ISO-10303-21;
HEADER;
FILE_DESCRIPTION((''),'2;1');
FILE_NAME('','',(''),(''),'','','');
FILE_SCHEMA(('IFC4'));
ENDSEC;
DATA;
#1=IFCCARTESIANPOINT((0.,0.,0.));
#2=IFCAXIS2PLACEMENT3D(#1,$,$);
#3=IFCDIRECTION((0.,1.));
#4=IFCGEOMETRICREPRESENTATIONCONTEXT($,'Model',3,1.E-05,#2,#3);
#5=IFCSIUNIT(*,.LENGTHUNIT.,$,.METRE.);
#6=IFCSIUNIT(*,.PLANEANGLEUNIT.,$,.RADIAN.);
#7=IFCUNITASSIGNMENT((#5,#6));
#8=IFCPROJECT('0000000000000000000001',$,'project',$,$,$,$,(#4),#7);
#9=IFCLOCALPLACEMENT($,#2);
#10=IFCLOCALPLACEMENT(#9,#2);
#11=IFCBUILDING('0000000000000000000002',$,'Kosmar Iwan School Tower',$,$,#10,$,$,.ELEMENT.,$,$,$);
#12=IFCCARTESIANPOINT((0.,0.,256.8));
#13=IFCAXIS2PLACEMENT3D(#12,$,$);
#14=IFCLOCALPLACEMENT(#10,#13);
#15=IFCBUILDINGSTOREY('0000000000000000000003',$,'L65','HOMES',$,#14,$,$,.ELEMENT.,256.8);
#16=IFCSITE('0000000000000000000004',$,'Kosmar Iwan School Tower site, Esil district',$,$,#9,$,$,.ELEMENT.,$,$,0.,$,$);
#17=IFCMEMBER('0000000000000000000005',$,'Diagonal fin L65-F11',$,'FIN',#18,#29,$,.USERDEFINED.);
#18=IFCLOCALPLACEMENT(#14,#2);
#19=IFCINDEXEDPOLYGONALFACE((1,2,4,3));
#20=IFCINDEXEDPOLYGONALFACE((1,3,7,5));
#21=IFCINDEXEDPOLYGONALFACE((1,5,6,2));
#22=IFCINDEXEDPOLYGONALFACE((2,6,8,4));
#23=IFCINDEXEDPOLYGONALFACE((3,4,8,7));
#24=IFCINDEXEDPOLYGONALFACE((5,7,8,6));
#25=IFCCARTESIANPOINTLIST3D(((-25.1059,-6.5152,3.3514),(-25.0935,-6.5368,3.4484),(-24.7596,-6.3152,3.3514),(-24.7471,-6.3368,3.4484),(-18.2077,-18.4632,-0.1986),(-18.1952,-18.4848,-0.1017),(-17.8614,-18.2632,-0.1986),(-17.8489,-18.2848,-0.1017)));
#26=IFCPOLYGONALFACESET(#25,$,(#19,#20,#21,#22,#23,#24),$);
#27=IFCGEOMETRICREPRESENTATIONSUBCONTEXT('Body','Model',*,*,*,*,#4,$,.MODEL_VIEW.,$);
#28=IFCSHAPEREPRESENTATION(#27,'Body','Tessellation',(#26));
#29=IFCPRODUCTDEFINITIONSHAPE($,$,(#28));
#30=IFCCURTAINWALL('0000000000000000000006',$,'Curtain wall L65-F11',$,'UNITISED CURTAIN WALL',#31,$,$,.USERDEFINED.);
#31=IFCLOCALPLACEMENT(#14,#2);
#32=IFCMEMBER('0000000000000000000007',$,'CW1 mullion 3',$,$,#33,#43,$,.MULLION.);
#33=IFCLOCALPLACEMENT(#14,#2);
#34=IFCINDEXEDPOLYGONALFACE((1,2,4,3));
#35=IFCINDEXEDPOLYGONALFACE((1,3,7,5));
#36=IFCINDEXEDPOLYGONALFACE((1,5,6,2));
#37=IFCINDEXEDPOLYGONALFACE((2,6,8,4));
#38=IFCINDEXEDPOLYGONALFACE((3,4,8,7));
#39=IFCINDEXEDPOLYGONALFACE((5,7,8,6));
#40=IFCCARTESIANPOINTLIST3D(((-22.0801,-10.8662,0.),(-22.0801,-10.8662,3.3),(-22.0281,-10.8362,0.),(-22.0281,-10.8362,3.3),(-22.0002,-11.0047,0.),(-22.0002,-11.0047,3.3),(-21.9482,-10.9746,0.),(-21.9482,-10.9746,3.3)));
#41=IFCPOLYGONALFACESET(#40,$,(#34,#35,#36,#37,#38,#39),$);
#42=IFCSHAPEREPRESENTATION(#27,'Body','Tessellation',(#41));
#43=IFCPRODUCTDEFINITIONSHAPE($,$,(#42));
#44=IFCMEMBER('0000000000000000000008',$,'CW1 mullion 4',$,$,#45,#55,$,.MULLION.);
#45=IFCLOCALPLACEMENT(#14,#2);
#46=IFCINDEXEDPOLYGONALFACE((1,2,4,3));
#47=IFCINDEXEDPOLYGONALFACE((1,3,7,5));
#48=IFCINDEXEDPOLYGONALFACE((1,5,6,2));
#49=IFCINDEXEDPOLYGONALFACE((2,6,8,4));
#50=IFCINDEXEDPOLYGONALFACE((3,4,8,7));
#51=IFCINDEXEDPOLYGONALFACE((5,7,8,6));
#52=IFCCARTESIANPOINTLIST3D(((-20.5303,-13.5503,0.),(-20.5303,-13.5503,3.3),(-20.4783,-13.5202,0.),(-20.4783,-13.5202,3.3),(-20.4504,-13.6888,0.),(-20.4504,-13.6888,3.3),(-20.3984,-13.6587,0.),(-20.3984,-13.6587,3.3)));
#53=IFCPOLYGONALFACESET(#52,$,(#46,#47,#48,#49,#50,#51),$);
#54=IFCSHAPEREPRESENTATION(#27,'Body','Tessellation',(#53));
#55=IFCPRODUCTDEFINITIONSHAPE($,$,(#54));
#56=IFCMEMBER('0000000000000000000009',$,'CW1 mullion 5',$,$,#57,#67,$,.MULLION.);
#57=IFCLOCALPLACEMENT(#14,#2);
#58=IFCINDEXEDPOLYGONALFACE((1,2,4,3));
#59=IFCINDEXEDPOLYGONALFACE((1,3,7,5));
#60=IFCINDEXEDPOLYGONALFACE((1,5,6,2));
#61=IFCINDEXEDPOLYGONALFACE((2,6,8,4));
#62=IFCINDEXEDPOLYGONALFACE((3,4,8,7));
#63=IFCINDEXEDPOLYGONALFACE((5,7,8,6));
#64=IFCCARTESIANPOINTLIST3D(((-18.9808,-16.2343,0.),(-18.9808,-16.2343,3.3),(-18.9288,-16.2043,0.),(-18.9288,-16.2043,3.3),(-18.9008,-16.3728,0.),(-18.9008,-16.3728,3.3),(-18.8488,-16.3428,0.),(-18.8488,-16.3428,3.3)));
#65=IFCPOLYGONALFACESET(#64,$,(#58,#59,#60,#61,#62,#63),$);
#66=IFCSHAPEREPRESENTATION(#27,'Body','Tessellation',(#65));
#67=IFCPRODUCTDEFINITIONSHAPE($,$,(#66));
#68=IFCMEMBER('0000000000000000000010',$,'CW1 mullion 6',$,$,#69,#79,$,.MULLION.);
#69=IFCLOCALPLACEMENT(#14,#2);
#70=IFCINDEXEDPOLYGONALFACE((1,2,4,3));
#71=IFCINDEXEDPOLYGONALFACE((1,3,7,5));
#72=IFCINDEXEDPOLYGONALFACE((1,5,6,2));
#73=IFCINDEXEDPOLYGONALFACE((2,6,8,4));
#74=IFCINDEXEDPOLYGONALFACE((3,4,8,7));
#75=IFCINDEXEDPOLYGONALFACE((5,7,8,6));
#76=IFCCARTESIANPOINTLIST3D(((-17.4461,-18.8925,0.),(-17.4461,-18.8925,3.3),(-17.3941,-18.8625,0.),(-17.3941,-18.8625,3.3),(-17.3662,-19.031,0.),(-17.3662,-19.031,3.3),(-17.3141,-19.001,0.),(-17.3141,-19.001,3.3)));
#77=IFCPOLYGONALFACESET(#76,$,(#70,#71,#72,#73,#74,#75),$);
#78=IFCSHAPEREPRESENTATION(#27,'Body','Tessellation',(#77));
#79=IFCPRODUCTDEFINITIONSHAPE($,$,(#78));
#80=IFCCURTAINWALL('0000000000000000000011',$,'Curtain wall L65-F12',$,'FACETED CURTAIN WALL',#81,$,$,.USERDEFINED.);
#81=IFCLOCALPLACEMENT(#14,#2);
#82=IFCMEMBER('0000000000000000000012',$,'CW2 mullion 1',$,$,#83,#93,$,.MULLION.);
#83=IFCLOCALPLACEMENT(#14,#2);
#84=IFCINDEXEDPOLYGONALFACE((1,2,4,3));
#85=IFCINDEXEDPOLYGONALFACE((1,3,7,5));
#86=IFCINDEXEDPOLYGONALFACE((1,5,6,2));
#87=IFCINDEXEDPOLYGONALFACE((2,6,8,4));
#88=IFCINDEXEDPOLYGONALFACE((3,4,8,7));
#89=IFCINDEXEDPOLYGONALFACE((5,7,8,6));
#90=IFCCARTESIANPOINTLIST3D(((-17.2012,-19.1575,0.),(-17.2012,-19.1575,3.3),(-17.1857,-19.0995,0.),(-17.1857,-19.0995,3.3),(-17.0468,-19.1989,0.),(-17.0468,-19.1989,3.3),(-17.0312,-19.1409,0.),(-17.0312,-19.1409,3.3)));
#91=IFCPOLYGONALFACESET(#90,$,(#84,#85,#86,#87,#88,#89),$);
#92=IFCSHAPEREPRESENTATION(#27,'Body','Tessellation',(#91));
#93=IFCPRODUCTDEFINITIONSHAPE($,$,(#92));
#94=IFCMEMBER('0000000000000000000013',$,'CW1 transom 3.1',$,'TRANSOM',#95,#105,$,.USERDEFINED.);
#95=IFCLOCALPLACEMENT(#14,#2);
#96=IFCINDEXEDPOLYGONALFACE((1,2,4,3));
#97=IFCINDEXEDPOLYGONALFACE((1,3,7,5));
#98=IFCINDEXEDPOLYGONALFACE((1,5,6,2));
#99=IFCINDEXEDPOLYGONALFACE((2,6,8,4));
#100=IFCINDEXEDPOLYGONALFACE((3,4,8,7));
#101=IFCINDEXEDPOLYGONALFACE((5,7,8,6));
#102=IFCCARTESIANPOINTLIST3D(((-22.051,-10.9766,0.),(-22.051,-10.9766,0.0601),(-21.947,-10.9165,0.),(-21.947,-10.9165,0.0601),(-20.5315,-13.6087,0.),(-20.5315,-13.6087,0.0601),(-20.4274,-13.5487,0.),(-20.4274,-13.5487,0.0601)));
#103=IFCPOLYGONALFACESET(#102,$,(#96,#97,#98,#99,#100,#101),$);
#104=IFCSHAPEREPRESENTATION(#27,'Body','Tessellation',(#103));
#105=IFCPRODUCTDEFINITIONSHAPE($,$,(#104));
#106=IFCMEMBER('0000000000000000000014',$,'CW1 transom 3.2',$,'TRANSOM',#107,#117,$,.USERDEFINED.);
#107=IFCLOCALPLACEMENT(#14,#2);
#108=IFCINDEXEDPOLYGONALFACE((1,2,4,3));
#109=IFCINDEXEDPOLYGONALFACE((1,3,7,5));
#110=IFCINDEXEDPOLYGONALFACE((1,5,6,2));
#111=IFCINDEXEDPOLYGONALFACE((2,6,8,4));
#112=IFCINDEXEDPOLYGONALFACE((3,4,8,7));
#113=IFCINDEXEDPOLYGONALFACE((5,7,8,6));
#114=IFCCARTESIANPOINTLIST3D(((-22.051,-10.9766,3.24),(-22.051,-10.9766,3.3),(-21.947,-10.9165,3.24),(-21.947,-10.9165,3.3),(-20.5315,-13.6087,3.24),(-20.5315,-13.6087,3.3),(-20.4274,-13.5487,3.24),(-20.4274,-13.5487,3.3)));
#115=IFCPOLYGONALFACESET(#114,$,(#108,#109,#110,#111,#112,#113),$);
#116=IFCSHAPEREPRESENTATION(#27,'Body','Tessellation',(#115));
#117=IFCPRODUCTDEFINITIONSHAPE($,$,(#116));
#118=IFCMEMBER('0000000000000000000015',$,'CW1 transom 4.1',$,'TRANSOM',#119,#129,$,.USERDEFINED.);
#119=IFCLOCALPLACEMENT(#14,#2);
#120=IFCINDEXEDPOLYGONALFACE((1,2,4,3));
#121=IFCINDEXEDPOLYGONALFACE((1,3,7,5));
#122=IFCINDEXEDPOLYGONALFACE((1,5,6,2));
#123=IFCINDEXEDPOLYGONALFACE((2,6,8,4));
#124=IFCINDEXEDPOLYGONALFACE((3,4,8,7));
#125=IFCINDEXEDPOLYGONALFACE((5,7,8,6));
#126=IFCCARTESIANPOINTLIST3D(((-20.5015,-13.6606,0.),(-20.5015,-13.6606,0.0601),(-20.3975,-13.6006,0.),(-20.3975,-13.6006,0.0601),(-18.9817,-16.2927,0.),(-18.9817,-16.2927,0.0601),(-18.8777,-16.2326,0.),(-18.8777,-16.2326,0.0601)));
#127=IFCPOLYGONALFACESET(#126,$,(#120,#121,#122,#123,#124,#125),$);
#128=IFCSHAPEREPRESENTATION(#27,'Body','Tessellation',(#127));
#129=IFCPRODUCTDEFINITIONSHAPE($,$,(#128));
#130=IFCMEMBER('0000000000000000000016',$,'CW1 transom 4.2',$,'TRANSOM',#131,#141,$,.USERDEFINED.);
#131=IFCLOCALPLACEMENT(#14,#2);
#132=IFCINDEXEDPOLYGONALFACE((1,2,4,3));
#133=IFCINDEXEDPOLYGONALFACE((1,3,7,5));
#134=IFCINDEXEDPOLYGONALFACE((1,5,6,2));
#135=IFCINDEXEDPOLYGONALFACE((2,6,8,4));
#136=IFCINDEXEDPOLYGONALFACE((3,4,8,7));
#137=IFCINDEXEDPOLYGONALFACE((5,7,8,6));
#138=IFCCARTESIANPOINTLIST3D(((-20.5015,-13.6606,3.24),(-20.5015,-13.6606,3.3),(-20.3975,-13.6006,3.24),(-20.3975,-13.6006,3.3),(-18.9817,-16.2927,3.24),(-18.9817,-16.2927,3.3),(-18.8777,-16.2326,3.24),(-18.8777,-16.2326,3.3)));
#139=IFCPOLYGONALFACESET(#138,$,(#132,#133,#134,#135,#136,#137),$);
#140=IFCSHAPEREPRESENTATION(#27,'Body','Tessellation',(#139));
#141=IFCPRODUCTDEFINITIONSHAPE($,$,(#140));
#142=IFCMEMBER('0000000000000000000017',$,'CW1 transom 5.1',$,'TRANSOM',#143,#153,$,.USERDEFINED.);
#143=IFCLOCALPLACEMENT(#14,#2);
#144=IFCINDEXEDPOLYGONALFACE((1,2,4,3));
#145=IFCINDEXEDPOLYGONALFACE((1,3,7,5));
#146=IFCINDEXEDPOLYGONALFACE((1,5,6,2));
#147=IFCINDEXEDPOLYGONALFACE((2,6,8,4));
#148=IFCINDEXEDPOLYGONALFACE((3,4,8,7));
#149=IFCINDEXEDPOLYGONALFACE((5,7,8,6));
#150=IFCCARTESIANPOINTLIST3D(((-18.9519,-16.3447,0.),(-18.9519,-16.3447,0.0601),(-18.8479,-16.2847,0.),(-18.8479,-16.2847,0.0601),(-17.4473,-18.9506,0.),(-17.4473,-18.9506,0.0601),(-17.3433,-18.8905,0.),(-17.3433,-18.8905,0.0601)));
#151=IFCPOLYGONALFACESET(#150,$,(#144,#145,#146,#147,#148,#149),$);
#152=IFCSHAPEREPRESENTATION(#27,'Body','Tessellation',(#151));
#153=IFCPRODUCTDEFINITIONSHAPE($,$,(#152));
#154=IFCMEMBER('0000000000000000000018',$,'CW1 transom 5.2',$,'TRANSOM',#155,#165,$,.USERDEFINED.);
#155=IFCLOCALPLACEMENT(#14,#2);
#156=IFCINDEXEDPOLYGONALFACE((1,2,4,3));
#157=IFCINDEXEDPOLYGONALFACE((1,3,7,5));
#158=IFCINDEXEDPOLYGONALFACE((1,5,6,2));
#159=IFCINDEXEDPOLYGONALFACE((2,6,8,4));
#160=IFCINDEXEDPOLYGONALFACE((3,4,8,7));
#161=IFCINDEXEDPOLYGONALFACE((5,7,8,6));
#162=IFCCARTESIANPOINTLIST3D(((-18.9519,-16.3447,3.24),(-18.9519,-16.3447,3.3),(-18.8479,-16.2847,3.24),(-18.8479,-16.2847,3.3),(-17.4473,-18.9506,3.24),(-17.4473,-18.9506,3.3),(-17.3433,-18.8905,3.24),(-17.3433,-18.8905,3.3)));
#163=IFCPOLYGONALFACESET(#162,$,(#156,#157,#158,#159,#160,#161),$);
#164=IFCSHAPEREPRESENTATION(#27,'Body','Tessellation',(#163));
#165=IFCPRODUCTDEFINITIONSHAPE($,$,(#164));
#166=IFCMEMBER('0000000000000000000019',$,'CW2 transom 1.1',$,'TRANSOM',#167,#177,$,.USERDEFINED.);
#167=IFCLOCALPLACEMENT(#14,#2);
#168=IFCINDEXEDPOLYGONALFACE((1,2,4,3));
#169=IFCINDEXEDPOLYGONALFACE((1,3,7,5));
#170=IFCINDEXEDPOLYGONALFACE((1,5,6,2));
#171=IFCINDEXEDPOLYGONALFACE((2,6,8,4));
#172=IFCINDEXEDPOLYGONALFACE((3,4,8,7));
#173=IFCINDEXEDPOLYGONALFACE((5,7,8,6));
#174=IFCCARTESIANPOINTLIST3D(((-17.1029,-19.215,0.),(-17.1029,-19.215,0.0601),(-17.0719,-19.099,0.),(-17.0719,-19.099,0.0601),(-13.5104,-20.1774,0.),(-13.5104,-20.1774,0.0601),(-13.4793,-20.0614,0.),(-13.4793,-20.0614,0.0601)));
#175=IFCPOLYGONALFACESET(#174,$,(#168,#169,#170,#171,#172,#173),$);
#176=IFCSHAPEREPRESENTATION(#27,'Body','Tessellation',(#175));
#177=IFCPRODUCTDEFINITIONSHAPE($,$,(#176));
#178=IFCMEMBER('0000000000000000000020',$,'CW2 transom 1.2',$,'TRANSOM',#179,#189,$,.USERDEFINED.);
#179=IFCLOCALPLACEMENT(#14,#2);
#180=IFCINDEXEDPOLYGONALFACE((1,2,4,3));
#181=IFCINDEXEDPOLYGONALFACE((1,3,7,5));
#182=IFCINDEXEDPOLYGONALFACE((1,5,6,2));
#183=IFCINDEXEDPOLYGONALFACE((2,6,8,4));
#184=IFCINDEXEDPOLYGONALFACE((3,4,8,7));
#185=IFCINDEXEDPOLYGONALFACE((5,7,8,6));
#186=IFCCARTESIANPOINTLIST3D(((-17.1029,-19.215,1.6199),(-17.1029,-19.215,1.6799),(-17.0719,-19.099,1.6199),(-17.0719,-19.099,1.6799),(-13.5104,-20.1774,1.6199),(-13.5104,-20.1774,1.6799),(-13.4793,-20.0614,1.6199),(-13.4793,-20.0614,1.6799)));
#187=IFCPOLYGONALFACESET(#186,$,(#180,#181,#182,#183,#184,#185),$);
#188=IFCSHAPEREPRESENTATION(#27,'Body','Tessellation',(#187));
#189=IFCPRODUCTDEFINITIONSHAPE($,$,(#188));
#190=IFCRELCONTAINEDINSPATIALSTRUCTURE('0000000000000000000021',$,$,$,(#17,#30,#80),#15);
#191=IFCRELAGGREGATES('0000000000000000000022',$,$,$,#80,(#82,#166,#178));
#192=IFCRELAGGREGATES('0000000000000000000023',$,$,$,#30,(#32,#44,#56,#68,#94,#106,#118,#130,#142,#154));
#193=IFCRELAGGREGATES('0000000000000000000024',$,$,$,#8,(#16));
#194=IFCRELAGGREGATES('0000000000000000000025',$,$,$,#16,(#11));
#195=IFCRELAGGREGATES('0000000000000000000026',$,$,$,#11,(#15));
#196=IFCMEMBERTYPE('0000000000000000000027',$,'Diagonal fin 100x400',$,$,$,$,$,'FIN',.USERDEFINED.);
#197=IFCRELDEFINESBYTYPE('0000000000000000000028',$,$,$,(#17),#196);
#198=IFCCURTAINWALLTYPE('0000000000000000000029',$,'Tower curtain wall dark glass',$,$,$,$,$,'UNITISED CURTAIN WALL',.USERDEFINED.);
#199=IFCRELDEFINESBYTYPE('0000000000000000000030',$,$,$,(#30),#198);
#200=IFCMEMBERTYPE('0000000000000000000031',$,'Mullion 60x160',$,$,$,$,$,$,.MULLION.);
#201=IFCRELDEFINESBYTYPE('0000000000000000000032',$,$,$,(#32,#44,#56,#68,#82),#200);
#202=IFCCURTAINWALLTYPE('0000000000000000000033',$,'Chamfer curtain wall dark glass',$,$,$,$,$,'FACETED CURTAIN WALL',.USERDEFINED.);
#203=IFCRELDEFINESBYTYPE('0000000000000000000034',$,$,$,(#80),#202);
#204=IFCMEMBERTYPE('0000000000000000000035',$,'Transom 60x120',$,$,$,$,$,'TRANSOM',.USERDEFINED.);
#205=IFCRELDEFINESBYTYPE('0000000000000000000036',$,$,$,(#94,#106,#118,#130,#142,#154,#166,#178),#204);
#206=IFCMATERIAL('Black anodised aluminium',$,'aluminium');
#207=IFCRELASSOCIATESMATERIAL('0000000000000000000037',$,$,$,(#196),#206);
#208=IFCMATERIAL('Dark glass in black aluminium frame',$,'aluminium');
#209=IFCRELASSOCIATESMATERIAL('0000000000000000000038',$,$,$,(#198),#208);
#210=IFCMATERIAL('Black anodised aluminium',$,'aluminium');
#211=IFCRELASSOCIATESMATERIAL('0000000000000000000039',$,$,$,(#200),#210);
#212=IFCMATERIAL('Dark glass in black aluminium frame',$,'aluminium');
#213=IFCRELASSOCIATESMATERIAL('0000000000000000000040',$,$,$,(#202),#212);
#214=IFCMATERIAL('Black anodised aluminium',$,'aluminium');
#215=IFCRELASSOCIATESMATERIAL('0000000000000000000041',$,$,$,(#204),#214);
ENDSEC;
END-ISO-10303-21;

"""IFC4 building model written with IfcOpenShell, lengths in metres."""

from ifc_helpers import new_model, si_unit, direction, frame, origin, origin_2d, place, context, subcontext, project, spatial, rectangle, extrude, material, material_profile, profile_set, type_object, element, aggregate, save


model = new_model("IFC4")

# Units and contexts
model_context = context("Model", 3, precision=1e-05, world=origin(), true_north=direction((0.0, 1.0)))
body_context = subcontext(model_context, "Body", "Model", "MODEL_VIEW")
ifc_project = project(units=[si_unit("LENGTHUNIT", "METRE"), si_unit("PLANEANGLEUNIT", "RADIAN")], contexts=[model_context])

# Site, building, storey
site_placement = place(None, origin())
site = spatial("IfcSite", under=ifc_project, at=site_placement, Name="Kosmar Iwan School Tower site, Esil district", CompositionType="ELEMENT", RefElevation=0.0)
building_placement = place(site_placement, origin())
building = spatial("IfcBuilding", under=site, at=building_placement, Name="Kosmar Iwan School Tower", CompositionType="ELEMENT")
storey_placement = place(building_placement, frame((0.0, 0.0, 256.8)))
storey = spatial("IfcBuildingStorey", under=building, at=storey_placement, Name="L65", Description="HOMES", CompositionType="ELEMENT", Elevation=256.8)

# Member
ifc_material_1 = material(Name="Black anodised aluminium", Category="aluminium")
ifc_material_profile_1 = material_profile(ifc_material_1, rectangle(XDim=0.1001, YDim=0.3999, at=origin_2d()), Name="FIN 100x400")
ifc_profile_set_1 = profile_set([ifc_material_profile_1], Name="Black anodised aluminium")
member_type_1 = type_object("IfcMemberType", Name="Diagonal fin 100x400", ElementType="FIN", PredefinedType="USERDEFINED", material=ifc_profile_set_1)
member_1_placement = place(storey_placement, frame((-18.0283, -18.374, -0.1501), z_axis=(-0.484227, 0.838704, 0.2492), x_axis=(0.1246, -0.215813, 0.968452)))
element("IfcMember", 1, at=member_1_placement, inside=storey, type_object=member_type_1, Name="Diagonal fin L65-F11", ObjectType="FIN", PredefinedType="USERDEFINED", context=body_context, shape_type="SweptSolid", body=[
    extrude(rectangle(XDim=0.1001, YDim=0.3999, at=origin_2d()), origin(), (0.0, 0.0, 1.0), 14.2458),
])

# Curtain wall, members
ifc_material_2 = material(Name="Dark glass in black aluminium frame", Category="aluminium")
curtain_wall_type_1 = type_object("IfcCurtainWallType", Name="Tower curtain wall dark glass", ElementType="UNITISED CURTAIN WALL", PredefinedType="USERDEFINED", material=ifc_material_2)
curtain_wall_1_placement = place(storey_placement, origin())
curtain_wall_1 = element("IfcCurtainWall", 2, at=curtain_wall_1_placement, inside=storey, type_object=curtain_wall_type_1, Name="Curtain wall L65-F11", ObjectType="UNITISED CURTAIN WALL", PredefinedType="USERDEFINED")
ifc_material_3 = material(Name="Black anodised aluminium", Category="aluminium")
ifc_material_profile_2 = material_profile(ifc_material_3, rectangle(XDim=0.0601, YDim=0.1599, at=origin_2d()), Name="MULLION 60x160")
ifc_profile_set_2 = profile_set([ifc_material_profile_2], Name="Black anodised aluminium")
member_type_2 = type_object("IfcMemberType", Name="Mullion 60x160", PredefinedType="MULLION", material=ifc_profile_set_2)
member_2_placement = place(storey_placement, frame((-22.0142, -10.9204, 0.0), z_axis=(0.0, 0.0, 1.0), x_axis=(0.866025, 0.5, 0.0)))
member_2 = element("IfcMember", 3, at=member_2_placement, type_object=member_type_2, Name="CW1 mullion 3", PredefinedType="MULLION", context=body_context, shape_type="SweptSolid", body=[
    extrude(rectangle(XDim=0.0601, YDim=0.1599, at=origin_2d()), origin(), (0.0, 0.0, 1.0), 3.3),
])
member_3_placement = place(storey_placement, frame((-20.4644, -13.6045, 0.0), z_axis=(0.0, 0.0, 1.0), x_axis=(0.866025, 0.5, 0.0)))
member_3 = element("IfcMember", 4, at=member_3_placement, type_object=member_type_2, Name="CW1 mullion 4", PredefinedType="MULLION", context=body_context, shape_type="SweptSolid", body=[
    extrude(rectangle(XDim=0.0601, YDim=0.1599, at=origin_2d()), origin(), (0.0, 0.0, 1.0), 3.3),
])
member_4_placement = place(storey_placement, frame((-18.9148, -16.2886, 0.0), z_axis=(0.0, 0.0, 1.0), x_axis=(0.866025, 0.5, 0.0)))
member_4 = element("IfcMember", 5, at=member_4_placement, type_object=member_type_2, Name="CW1 mullion 5", PredefinedType="MULLION", context=body_context, shape_type="SweptSolid", body=[
    extrude(rectangle(XDim=0.0601, YDim=0.1599, at=origin_2d()), origin(), (0.0, 0.0, 1.0), 3.3),
])
member_5_placement = place(storey_placement, frame((-17.3801, -18.9468, 0.0), z_axis=(0.0, 0.0, 1.0), x_axis=(0.866025, 0.5, 0.0)))
member_5 = element("IfcMember", 6, at=member_5_placement, type_object=member_type_2, Name="CW1 mullion 6", PredefinedType="MULLION", context=body_context, shape_type="SweptSolid", body=[
    extrude(rectangle(XDim=0.0601, YDim=0.1599, at=origin_2d()), origin(), (0.0, 0.0, 1.0), 3.3),
])

# Curtain wall, member
ifc_material_4 = material(Name="Dark glass in black aluminium frame", Category="aluminium")
curtain_wall_type_2 = type_object("IfcCurtainWallType", Name="Chamfer curtain wall dark glass", ElementType="FACETED CURTAIN WALL", PredefinedType="USERDEFINED", material=ifc_material_4)
curtain_wall_2_placement = place(storey_placement, origin())
curtain_wall_2 = element("IfcCurtainWall", 7, at=curtain_wall_2_placement, inside=storey, type_object=curtain_wall_type_2, Name="Curtain wall L65-F12", ObjectType="FACETED CURTAIN WALL", PredefinedType="USERDEFINED")
member_6_placement = place(storey_placement, frame((-17.1162, -19.1492, 0.0), z_axis=(0.0, 0.0, 1.0), x_axis=(0.258819, 0.965926, 0.0)))
member_6 = element("IfcMember", 8, at=member_6_placement, type_object=member_type_2, Name="CW2 mullion 1", PredefinedType="MULLION", context=body_context, shape_type="SweptSolid", body=[
    extrude(rectangle(XDim=0.0601, YDim=0.1599, at=origin_2d()), origin(), (0.0, 0.0, 1.0), 3.3),
])

# Members
ifc_material_5 = material(Name="Black anodised aluminium", Category="aluminium")
ifc_material_profile_3 = material_profile(ifc_material_5, rectangle(XDim=0.1201, YDim=0.0601, at=origin_2d()), Name="TRANSOM 60x120")
ifc_profile_set_3 = profile_set([ifc_material_profile_3], Name="Black anodised aluminium")
member_type_3 = type_object("IfcMemberType", Name="Transom 60x120", ElementType="TRANSOM", PredefinedType="USERDEFINED", material=ifc_profile_set_3)
member_7_placement = place(storey_placement, frame((-21.999, -10.9465, 0.03), z_axis=(0.499975, -0.86604, 0.0), x_axis=(0.86604, 0.499975, 0.0)))
member_7 = element("IfcMember", 9, at=member_7_placement, type_object=member_type_3, Name="CW1 transom 3.1", ObjectType="TRANSOM", PredefinedType="USERDEFINED", context=body_context, shape_type="SweptSolid", body=[
    extrude(rectangle(XDim=0.1201, YDim=0.0601, at=origin_2d()), origin(), (0.0, 0.0, 1.0), 3.0393),
])
member_8_placement = place(storey_placement, frame((-21.999, -10.9465, 3.27), z_axis=(0.499975, -0.86604, 0.0), x_axis=(0.86604, 0.499975, 0.0)))
member_8 = element("IfcMember", 10, at=member_8_placement, type_object=member_type_3, Name="CW1 transom 3.2", ObjectType="TRANSOM", PredefinedType="USERDEFINED", context=body_context, shape_type="SweptSolid", body=[
    extrude(rectangle(XDim=0.1201, YDim=0.0601, at=origin_2d()), origin(), (0.0, 0.0, 1.0), 3.0393),
])
member_9_placement = place(storey_placement, frame((-20.4495, -13.6306, 0.03), z_axis=(0.500035, -0.866005, 0.0), x_axis=(0.866005, 0.500035, 0.0)))
member_9 = element("IfcMember", 11, at=member_9_placement, type_object=member_type_3, Name="CW1 transom 4.1", ObjectType="TRANSOM", PredefinedType="USERDEFINED", context=body_context, shape_type="SweptSolid", body=[
    extrude(rectangle(XDim=0.1201, YDim=0.0601, at=origin_2d()), origin(), (0.0, 0.0, 1.0), 3.0393),
])
member_10_placement = place(storey_placement, frame((-20.4495, -13.6306, 3.27), z_axis=(0.500035, -0.866005, 0.0), x_axis=(0.866005, 0.500035, 0.0)))
member_10 = element("IfcMember", 12, at=member_10_placement, type_object=member_type_3, Name="CW1 transom 4.2", ObjectType="TRANSOM", PredefinedType="USERDEFINED", context=body_context, shape_type="SweptSolid", body=[
    extrude(rectangle(XDim=0.1201, YDim=0.0601, at=origin_2d()), origin(), (0.0, 0.0, 1.0), 3.0393),
])
member_11_placement = place(storey_placement, frame((-18.8999, -16.3147, 0.03), z_axis=(0.500022, -0.866013, 0.0), x_axis=(0.866013, 0.500022, 0.0)))
member_11 = element("IfcMember", 13, at=member_11_placement, type_object=member_type_3, Name="CW1 transom 5.1", ObjectType="TRANSOM", PredefinedType="USERDEFINED", context=body_context, shape_type="SweptSolid", body=[
    extrude(rectangle(XDim=0.1201, YDim=0.0601, at=origin_2d()), origin(), (0.0, 0.0, 1.0), 3.009),
])
member_12_placement = place(storey_placement, frame((-18.8999, -16.3147, 3.27), z_axis=(0.500022, -0.866013, 0.0), x_axis=(0.866013, 0.500022, 0.0)))
member_12 = element("IfcMember", 14, at=member_12_placement, type_object=member_type_3, Name="CW1 transom 5.2", ObjectType="TRANSOM", PredefinedType="USERDEFINED", context=body_context, shape_type="SweptSolid", body=[
    extrude(rectangle(XDim=0.1201, YDim=0.0601, at=origin_2d()), origin(), (0.0, 0.0, 1.0), 3.009),
])
member_13_placement = place(storey_placement, frame((-17.0874, -19.157, 0.03), z_axis=(0.96594, -0.258766, 0.0), x_axis=(0.258766, 0.96594, 0.0)))
member_13 = element("IfcMember", 15, at=member_13_placement, type_object=member_type_3, Name="CW2 transom 1.1", ObjectType="TRANSOM", PredefinedType="USERDEFINED", context=body_context, shape_type="SweptSolid", body=[
    extrude(rectangle(XDim=0.1201, YDim=0.0601, at=origin_2d()), origin(), (0.0, 0.0, 1.0), 3.7192),
])
member_14_placement = place(storey_placement, frame((-17.0874, -19.157, 1.6499), z_axis=(0.96594, -0.258766, 0.0), x_axis=(0.258766, 0.96594, 0.0)))
member_14 = element("IfcMember", 16, at=member_14_placement, type_object=member_type_3, Name="CW2 transom 1.2", ObjectType="TRANSOM", PredefinedType="USERDEFINED", context=body_context, shape_type="SweptSolid", body=[
    extrude(rectangle(XDim=0.1201, YDim=0.0601, at=origin_2d()), origin(), (0.0, 0.0, 1.0), 3.7192),
])
aggregate(curtain_wall_2, [member_6, member_13, member_14])

aggregate(curtain_wall_1, [member_2, member_3, member_4, member_5, member_7, member_8, member_9, member_10, member_11, member_12])

save(model, "model.ifc")
